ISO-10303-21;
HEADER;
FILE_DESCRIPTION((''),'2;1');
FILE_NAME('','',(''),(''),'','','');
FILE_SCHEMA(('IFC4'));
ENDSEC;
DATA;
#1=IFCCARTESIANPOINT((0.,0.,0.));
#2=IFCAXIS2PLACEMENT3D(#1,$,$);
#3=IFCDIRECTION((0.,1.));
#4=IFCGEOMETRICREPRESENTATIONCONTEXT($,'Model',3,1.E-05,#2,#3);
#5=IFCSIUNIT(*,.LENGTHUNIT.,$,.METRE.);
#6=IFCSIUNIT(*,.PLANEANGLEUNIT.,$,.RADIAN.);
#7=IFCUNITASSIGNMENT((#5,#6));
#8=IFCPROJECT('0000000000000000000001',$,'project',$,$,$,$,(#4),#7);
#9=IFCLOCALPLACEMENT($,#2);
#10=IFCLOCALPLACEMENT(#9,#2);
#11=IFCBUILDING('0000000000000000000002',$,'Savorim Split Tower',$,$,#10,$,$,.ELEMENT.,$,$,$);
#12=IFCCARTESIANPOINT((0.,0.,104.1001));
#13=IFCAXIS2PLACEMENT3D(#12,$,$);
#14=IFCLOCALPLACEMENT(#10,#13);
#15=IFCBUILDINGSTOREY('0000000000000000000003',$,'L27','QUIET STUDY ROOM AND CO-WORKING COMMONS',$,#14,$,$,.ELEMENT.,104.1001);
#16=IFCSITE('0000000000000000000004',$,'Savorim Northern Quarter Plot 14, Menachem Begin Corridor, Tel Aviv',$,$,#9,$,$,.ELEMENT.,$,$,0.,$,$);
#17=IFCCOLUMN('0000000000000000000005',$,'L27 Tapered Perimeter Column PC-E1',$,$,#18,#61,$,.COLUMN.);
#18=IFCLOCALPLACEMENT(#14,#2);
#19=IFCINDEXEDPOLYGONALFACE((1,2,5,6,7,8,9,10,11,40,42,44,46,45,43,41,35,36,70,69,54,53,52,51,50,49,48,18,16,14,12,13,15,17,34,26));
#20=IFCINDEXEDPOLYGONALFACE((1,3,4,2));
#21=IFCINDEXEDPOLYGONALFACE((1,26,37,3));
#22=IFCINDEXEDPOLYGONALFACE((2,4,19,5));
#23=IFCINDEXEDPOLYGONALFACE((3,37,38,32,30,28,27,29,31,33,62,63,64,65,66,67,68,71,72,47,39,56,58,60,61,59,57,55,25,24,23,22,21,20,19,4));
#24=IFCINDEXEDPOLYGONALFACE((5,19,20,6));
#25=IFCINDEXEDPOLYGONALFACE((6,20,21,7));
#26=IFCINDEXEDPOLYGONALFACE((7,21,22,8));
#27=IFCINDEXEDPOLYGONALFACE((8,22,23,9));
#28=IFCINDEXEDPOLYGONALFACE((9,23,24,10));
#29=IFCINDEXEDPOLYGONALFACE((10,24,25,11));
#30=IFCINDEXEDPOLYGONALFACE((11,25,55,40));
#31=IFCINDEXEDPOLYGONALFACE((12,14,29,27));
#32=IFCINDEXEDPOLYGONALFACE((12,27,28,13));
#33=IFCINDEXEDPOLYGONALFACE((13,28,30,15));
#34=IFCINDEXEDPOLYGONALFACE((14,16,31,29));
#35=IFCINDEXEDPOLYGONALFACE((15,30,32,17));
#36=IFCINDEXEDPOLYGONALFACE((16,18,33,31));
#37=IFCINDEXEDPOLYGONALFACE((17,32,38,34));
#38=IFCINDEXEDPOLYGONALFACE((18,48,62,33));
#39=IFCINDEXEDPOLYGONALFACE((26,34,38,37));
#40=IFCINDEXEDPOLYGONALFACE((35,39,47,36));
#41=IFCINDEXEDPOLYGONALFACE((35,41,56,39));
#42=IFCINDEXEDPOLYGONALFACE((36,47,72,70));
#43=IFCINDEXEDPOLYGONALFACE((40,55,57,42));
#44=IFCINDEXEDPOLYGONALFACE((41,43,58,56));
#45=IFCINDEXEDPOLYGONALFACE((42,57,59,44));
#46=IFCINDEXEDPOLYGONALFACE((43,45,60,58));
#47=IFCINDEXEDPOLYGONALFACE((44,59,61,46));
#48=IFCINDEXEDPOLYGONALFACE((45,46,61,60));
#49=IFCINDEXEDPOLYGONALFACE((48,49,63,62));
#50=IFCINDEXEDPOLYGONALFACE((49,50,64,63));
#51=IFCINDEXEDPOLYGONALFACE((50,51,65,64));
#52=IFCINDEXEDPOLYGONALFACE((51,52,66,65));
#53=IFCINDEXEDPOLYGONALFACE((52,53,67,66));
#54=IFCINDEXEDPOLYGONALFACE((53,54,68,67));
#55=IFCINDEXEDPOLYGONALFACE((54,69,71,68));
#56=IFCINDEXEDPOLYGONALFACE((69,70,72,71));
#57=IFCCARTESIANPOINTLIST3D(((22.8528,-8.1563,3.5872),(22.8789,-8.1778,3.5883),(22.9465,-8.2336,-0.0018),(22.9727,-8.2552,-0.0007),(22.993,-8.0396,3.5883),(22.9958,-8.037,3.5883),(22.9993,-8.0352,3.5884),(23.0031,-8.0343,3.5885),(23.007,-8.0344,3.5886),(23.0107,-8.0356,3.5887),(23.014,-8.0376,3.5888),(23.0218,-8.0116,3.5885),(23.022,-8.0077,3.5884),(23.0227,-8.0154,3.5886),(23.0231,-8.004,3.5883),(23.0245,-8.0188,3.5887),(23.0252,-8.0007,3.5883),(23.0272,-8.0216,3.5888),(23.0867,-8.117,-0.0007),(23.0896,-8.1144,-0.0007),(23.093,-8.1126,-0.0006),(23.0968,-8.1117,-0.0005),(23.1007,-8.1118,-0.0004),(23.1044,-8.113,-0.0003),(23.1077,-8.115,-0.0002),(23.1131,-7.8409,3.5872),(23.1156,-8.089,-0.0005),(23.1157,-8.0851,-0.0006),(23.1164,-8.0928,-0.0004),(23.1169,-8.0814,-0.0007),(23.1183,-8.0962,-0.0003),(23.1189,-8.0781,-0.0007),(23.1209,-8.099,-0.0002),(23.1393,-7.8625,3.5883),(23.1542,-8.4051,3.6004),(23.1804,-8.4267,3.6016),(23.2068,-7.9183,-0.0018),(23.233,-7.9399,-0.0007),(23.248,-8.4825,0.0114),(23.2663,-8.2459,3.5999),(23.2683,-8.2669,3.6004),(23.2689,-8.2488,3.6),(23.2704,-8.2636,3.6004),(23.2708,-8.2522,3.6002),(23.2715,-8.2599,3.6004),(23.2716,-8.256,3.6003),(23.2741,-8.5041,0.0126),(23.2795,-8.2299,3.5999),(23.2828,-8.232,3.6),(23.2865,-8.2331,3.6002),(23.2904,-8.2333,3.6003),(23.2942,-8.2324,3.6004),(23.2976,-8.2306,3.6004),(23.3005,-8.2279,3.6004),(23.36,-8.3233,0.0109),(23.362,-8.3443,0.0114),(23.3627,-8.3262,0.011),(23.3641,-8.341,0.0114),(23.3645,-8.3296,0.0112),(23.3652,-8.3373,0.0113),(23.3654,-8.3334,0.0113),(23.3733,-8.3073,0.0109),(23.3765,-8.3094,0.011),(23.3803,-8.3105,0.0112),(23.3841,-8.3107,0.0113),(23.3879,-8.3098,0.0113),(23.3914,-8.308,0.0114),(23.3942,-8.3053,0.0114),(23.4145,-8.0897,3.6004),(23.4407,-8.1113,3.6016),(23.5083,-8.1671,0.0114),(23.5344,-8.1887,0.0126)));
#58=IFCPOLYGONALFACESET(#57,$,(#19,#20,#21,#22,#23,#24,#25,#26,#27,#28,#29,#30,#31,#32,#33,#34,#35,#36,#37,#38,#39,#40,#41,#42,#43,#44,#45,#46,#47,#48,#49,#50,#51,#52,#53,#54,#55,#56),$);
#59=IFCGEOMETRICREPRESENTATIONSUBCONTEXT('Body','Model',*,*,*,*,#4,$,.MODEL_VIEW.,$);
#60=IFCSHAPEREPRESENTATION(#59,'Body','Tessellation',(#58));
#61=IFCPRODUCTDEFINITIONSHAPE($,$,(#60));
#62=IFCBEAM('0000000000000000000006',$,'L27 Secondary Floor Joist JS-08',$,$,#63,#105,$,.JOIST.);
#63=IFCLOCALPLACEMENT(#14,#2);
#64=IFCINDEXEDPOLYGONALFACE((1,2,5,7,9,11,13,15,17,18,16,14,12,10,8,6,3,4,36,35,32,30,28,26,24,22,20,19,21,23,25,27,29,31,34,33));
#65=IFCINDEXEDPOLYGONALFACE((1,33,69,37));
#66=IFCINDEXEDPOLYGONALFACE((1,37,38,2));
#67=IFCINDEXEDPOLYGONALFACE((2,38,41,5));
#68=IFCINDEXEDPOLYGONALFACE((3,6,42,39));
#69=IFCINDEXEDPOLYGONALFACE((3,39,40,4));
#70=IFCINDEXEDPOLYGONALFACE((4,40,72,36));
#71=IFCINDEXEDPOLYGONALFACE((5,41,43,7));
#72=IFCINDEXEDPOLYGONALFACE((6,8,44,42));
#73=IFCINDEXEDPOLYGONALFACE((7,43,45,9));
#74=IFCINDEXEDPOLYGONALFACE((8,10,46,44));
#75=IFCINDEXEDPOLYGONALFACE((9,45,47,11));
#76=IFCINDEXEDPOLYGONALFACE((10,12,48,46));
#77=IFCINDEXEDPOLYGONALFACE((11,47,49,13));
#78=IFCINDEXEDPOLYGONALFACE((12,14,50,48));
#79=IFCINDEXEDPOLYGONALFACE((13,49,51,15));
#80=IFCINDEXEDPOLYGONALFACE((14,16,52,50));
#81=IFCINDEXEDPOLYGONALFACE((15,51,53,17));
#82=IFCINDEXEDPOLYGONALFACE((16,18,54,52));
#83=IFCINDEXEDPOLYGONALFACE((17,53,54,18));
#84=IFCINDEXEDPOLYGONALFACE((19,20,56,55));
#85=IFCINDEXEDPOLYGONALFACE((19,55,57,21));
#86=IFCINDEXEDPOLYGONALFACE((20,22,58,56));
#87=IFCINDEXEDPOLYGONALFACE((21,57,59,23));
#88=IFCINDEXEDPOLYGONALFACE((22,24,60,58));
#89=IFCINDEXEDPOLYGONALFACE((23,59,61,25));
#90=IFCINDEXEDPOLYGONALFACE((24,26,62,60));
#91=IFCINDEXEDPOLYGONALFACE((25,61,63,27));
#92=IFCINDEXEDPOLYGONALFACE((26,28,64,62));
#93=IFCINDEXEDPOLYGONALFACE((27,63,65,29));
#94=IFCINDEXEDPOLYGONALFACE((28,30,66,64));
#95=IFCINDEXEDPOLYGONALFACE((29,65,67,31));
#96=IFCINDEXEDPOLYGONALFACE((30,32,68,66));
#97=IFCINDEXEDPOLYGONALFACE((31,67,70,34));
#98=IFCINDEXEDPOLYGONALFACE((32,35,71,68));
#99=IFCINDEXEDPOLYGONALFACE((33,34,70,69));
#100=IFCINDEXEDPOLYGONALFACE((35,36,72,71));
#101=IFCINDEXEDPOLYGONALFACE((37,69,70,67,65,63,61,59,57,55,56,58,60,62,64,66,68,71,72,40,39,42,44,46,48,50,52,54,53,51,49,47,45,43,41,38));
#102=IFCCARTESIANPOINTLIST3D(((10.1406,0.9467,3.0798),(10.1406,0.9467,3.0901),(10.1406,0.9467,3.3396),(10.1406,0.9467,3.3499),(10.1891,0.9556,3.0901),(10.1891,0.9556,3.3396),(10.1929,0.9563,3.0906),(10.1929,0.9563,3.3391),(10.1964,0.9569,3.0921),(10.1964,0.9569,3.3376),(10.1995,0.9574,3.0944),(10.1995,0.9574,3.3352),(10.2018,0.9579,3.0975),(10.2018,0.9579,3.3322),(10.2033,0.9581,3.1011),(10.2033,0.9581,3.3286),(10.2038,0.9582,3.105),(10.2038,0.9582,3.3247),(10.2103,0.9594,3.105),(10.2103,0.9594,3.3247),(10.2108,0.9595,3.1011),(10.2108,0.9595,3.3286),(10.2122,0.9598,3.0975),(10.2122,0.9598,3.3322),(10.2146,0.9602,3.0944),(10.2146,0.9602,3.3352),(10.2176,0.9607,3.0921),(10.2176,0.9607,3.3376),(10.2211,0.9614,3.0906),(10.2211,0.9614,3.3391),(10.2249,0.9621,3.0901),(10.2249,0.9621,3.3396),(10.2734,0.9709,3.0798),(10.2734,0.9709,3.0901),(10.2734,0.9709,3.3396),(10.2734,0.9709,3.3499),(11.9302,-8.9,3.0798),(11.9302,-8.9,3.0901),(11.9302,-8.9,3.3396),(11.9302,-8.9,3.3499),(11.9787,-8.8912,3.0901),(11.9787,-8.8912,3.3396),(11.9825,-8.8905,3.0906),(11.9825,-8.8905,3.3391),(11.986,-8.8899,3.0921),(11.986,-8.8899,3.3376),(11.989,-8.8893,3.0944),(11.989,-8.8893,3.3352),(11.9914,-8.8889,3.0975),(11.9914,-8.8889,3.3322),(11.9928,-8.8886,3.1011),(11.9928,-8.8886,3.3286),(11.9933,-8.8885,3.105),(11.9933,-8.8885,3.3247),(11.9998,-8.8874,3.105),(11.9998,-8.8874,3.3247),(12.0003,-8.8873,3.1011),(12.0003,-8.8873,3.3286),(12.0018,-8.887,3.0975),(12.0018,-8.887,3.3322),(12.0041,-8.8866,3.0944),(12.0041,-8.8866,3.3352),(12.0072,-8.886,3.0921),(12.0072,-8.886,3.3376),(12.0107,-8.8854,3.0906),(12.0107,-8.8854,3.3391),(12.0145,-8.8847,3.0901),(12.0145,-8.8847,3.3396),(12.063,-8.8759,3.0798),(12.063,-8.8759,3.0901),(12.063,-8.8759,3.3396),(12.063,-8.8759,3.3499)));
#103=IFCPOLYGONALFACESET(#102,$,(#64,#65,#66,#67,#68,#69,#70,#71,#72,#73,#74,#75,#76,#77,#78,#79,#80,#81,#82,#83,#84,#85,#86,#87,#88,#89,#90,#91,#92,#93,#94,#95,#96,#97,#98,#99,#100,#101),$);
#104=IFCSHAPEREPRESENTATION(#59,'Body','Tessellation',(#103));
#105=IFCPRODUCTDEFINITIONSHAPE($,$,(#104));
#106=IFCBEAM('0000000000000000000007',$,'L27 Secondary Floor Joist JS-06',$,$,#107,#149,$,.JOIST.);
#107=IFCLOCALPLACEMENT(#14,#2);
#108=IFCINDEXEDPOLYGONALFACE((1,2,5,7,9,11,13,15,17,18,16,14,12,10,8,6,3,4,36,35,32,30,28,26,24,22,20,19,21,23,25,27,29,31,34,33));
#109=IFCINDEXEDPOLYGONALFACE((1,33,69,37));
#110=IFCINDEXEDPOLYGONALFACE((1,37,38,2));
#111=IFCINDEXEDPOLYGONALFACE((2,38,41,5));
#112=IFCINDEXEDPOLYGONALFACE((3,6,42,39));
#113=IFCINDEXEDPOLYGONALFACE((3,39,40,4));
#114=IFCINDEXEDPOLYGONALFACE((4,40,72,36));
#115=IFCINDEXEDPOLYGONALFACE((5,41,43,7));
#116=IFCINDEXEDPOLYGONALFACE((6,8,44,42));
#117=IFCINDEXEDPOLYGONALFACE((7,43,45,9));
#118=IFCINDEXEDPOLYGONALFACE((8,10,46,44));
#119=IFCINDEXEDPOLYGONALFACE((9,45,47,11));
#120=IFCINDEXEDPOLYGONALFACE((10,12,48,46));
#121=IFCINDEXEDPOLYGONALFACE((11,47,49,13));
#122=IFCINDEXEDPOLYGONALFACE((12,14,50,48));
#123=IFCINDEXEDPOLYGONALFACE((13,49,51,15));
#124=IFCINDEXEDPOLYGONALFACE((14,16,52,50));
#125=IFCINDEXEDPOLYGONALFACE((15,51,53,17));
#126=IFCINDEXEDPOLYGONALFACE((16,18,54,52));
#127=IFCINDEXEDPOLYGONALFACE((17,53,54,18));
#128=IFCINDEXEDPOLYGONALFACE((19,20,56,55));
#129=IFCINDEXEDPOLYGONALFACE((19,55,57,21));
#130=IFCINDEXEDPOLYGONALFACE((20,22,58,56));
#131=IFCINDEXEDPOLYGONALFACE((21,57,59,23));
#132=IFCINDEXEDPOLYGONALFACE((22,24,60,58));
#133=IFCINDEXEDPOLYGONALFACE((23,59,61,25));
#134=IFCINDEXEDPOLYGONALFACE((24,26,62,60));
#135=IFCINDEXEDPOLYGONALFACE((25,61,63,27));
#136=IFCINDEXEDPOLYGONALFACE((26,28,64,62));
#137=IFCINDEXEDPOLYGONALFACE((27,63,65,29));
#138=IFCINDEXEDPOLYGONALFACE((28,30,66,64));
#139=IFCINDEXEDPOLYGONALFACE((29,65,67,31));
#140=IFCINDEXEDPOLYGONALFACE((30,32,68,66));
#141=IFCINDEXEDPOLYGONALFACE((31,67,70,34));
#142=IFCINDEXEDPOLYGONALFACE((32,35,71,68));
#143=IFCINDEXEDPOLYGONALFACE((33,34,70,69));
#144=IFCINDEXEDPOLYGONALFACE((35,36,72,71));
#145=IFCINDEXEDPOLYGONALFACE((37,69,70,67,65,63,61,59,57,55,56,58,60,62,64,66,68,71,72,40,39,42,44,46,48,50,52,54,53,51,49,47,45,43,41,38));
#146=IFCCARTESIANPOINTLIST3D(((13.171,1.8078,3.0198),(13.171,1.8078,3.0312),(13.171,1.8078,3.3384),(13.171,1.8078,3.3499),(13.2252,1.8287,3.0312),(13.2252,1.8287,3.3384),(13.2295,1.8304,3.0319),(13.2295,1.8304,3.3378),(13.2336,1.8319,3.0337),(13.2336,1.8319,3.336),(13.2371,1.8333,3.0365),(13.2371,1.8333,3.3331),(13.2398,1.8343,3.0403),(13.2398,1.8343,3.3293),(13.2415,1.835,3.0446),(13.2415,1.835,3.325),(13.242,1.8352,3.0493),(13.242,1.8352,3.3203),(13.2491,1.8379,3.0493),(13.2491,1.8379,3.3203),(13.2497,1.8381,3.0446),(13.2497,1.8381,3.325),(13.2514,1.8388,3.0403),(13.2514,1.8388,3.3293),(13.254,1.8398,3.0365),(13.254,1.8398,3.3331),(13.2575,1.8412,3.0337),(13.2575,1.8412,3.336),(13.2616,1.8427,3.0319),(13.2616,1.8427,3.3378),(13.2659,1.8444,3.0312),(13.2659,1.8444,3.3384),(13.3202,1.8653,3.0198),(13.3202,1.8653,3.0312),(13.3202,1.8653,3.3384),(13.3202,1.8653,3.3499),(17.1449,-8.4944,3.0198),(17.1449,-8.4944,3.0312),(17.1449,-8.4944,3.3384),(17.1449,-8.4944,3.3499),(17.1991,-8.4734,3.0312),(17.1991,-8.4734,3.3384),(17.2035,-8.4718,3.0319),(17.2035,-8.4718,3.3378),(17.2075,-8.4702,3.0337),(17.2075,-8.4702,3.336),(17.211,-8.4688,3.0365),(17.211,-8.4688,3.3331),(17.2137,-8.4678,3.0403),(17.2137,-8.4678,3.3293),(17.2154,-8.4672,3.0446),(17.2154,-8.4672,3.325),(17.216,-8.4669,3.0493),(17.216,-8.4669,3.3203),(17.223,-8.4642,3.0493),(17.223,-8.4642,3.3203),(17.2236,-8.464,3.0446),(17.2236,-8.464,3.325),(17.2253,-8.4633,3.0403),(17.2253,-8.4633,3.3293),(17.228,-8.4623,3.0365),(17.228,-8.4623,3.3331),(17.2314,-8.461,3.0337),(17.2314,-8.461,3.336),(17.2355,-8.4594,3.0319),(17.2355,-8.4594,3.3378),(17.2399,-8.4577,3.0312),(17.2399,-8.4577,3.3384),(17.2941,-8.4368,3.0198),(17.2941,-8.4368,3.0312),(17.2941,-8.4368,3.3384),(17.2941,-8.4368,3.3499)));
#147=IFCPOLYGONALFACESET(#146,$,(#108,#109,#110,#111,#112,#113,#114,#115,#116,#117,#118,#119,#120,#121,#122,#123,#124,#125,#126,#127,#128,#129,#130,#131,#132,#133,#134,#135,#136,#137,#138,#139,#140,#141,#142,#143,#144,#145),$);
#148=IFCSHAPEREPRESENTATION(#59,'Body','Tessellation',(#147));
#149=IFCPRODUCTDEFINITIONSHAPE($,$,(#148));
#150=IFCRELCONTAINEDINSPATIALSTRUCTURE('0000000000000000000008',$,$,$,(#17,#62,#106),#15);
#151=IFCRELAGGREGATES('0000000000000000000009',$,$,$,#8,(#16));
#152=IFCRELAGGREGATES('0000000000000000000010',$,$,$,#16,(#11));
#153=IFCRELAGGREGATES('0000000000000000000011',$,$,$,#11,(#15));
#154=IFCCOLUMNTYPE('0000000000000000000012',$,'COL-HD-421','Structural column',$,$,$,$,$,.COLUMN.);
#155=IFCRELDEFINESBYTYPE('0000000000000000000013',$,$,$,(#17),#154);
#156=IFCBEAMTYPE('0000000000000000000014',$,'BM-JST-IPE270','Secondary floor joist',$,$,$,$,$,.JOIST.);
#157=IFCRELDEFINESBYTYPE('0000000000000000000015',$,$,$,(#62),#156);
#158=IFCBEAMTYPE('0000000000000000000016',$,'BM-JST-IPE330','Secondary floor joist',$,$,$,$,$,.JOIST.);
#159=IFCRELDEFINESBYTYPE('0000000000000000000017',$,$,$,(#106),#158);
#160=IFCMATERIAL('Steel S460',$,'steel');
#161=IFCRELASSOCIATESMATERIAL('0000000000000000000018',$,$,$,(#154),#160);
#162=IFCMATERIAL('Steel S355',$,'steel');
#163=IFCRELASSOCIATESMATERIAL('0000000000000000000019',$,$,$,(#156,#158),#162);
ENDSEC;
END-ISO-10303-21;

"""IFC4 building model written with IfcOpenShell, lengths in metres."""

from ifc_helpers import new_model, si_unit, direction, frame, origin, origin_2d, place, context, subcontext, project, spatial, i_section, extrude, material, material_profile, profile_set, type_object, element, save


model = new_model("IFC4")

# Units and contexts
model_context = context("Model", 3, precision=1e-05, world=origin(), true_north=direction((0.0, 1.0)))
body_context = subcontext(model_context, "Body", "Model", "MODEL_VIEW")
ifc_project = project(units=[si_unit("LENGTHUNIT", "METRE"), si_unit("PLANEANGLEUNIT", "RADIAN")], contexts=[model_context])

# Site, building, storey
site_placement = place(None, origin())
site = spatial("IfcSite", under=ifc_project, at=site_placement, Name="Savorim Northern Quarter Plot 14, Menachem Begin Corridor, Tel Aviv", CompositionType="ELEMENT", RefElevation=0.0)
building_placement = place(site_placement, origin())
building = spatial("IfcBuilding", under=site, at=building_placement, Name="Savorim Split Tower", CompositionType="ELEMENT")
storey_placement = place(building_placement, frame((0.0, 0.0, 104.1001)))
storey = spatial("IfcBuildingStorey", under=building, at=storey_placement, Name="L27", Description="QUIET STUDY ROOM AND CO-WORKING COMMONS", CompositionType="ELEMENT", Elevation=104.1001)

# Column
ifc_material_1 = material(Name="Steel S460", Category="steel")
ifc_material_profile_1 = material_profile(ifc_material_1, i_section(OverallWidth=0.4089, OverallDepth=0.425, WebThickness=0.0208, FlangeThickness=0.0339, FilletRadius=0.0149, at=origin_2d()), Name="HD 400x421")
ifc_profile_set_1 = profile_set([ifc_material_profile_1], Name="Steel S460")
column_type = type_object("IfcColumnType", Name="COL-HD-421", Description="Structural column", PredefinedType="COLUMN", material=ifc_profile_set_1)
column_placement = place(storey_placement, frame((23.2405, -8.2112, 0.0054), z_axis=(-0.026106, 0.021551, 0.999427), x_axis=(-0.636622, -0.771176, 0.0)))
element("IfcColumn", 1, at=column_placement, inside=storey, type_object=column_type, Name="L27 Tapered Perimeter Column PC-E1", PredefinedType="COLUMN", context=body_context, shape_type="SweptSolid", body=[
    extrude(i_section(OverallWidth=0.4089, OverallDepth=0.425, WebThickness=0.0208, FlangeThickness=0.0339, FilletRadius=0.0149, at=origin_2d()), origin(), (0.0, 0.0, 1.0), 3.5911),
])

# Beams
ifc_material_2 = material(Name="Steel S355", Category="steel")
ifc_material_profile_2 = material_profile(ifc_material_2, i_section(OverallWidth=0.135, OverallDepth=0.27, WebThickness=0.0066, FlangeThickness=0.0103, FilletRadius=0.0149, at=origin_2d()), Name="IPE 270")
ifc_profile_set_2 = profile_set([ifc_material_profile_2], Name="Steel S355")
beam_type_1 = type_object("IfcBeamType", Name="BM-JST-IPE270", Description="Secondary floor joist", PredefinedType="JOIST", material=ifc_profile_set_2)
beam_1_placement = place(storey_placement, frame((11.9966, -8.8879, 3.2148), z_axis=(-0.178812, 0.983883, 0.0), x_axis=(-0.983883, -0.178812, 0.0)))
element("IfcBeam", 2, at=beam_1_placement, inside=storey, type_object=beam_type_1, Name="L27 Secondary Floor Joist JS-08", PredefinedType="JOIST", context=body_context, shape_type="SweptSolid", body=[
    extrude(i_section(OverallWidth=0.135, OverallDepth=0.27, WebThickness=0.0066, FlangeThickness=0.0103, FilletRadius=0.0149, at=origin_2d()), origin(), (0.0, 0.0, 1.0), 10.0081),
])
ifc_material_profile_3 = material_profile(ifc_material_2, i_section(OverallWidth=0.1599, OverallDepth=0.3301, WebThickness=0.0076, FlangeThickness=0.0115, FilletRadius=0.0181, at=origin_2d()), Name="IPE 330")
ifc_profile_set_3 = profile_set([ifc_material_profile_3], Name="Steel S355")
beam_type_2 = type_object("IfcBeamType", Name="BM-JST-IPE330", Description="Secondary floor joist", PredefinedType="JOIST", material=ifc_profile_set_3)
beam_2_placement = place(storey_placement, frame((17.2195, -8.4656, 3.1848), z_axis=(-0.359892, 0.932994, 0.0), x_axis=(-0.932994, -0.359892, 0.0)))
element("IfcBeam", 3, at=beam_2_placement, inside=storey, type_object=beam_type_2, Name="L27 Secondary Floor Joist JS-06", PredefinedType="JOIST", context=body_context, shape_type="SweptSolid", body=[
    extrude(i_section(OverallWidth=0.1599, OverallDepth=0.3301, WebThickness=0.0076, FlangeThickness=0.0115, FilletRadius=0.0181, at=origin_2d()), origin(), (0.0, 0.0, 1.0), 11.042),
])

save(model, "model.ifc")
